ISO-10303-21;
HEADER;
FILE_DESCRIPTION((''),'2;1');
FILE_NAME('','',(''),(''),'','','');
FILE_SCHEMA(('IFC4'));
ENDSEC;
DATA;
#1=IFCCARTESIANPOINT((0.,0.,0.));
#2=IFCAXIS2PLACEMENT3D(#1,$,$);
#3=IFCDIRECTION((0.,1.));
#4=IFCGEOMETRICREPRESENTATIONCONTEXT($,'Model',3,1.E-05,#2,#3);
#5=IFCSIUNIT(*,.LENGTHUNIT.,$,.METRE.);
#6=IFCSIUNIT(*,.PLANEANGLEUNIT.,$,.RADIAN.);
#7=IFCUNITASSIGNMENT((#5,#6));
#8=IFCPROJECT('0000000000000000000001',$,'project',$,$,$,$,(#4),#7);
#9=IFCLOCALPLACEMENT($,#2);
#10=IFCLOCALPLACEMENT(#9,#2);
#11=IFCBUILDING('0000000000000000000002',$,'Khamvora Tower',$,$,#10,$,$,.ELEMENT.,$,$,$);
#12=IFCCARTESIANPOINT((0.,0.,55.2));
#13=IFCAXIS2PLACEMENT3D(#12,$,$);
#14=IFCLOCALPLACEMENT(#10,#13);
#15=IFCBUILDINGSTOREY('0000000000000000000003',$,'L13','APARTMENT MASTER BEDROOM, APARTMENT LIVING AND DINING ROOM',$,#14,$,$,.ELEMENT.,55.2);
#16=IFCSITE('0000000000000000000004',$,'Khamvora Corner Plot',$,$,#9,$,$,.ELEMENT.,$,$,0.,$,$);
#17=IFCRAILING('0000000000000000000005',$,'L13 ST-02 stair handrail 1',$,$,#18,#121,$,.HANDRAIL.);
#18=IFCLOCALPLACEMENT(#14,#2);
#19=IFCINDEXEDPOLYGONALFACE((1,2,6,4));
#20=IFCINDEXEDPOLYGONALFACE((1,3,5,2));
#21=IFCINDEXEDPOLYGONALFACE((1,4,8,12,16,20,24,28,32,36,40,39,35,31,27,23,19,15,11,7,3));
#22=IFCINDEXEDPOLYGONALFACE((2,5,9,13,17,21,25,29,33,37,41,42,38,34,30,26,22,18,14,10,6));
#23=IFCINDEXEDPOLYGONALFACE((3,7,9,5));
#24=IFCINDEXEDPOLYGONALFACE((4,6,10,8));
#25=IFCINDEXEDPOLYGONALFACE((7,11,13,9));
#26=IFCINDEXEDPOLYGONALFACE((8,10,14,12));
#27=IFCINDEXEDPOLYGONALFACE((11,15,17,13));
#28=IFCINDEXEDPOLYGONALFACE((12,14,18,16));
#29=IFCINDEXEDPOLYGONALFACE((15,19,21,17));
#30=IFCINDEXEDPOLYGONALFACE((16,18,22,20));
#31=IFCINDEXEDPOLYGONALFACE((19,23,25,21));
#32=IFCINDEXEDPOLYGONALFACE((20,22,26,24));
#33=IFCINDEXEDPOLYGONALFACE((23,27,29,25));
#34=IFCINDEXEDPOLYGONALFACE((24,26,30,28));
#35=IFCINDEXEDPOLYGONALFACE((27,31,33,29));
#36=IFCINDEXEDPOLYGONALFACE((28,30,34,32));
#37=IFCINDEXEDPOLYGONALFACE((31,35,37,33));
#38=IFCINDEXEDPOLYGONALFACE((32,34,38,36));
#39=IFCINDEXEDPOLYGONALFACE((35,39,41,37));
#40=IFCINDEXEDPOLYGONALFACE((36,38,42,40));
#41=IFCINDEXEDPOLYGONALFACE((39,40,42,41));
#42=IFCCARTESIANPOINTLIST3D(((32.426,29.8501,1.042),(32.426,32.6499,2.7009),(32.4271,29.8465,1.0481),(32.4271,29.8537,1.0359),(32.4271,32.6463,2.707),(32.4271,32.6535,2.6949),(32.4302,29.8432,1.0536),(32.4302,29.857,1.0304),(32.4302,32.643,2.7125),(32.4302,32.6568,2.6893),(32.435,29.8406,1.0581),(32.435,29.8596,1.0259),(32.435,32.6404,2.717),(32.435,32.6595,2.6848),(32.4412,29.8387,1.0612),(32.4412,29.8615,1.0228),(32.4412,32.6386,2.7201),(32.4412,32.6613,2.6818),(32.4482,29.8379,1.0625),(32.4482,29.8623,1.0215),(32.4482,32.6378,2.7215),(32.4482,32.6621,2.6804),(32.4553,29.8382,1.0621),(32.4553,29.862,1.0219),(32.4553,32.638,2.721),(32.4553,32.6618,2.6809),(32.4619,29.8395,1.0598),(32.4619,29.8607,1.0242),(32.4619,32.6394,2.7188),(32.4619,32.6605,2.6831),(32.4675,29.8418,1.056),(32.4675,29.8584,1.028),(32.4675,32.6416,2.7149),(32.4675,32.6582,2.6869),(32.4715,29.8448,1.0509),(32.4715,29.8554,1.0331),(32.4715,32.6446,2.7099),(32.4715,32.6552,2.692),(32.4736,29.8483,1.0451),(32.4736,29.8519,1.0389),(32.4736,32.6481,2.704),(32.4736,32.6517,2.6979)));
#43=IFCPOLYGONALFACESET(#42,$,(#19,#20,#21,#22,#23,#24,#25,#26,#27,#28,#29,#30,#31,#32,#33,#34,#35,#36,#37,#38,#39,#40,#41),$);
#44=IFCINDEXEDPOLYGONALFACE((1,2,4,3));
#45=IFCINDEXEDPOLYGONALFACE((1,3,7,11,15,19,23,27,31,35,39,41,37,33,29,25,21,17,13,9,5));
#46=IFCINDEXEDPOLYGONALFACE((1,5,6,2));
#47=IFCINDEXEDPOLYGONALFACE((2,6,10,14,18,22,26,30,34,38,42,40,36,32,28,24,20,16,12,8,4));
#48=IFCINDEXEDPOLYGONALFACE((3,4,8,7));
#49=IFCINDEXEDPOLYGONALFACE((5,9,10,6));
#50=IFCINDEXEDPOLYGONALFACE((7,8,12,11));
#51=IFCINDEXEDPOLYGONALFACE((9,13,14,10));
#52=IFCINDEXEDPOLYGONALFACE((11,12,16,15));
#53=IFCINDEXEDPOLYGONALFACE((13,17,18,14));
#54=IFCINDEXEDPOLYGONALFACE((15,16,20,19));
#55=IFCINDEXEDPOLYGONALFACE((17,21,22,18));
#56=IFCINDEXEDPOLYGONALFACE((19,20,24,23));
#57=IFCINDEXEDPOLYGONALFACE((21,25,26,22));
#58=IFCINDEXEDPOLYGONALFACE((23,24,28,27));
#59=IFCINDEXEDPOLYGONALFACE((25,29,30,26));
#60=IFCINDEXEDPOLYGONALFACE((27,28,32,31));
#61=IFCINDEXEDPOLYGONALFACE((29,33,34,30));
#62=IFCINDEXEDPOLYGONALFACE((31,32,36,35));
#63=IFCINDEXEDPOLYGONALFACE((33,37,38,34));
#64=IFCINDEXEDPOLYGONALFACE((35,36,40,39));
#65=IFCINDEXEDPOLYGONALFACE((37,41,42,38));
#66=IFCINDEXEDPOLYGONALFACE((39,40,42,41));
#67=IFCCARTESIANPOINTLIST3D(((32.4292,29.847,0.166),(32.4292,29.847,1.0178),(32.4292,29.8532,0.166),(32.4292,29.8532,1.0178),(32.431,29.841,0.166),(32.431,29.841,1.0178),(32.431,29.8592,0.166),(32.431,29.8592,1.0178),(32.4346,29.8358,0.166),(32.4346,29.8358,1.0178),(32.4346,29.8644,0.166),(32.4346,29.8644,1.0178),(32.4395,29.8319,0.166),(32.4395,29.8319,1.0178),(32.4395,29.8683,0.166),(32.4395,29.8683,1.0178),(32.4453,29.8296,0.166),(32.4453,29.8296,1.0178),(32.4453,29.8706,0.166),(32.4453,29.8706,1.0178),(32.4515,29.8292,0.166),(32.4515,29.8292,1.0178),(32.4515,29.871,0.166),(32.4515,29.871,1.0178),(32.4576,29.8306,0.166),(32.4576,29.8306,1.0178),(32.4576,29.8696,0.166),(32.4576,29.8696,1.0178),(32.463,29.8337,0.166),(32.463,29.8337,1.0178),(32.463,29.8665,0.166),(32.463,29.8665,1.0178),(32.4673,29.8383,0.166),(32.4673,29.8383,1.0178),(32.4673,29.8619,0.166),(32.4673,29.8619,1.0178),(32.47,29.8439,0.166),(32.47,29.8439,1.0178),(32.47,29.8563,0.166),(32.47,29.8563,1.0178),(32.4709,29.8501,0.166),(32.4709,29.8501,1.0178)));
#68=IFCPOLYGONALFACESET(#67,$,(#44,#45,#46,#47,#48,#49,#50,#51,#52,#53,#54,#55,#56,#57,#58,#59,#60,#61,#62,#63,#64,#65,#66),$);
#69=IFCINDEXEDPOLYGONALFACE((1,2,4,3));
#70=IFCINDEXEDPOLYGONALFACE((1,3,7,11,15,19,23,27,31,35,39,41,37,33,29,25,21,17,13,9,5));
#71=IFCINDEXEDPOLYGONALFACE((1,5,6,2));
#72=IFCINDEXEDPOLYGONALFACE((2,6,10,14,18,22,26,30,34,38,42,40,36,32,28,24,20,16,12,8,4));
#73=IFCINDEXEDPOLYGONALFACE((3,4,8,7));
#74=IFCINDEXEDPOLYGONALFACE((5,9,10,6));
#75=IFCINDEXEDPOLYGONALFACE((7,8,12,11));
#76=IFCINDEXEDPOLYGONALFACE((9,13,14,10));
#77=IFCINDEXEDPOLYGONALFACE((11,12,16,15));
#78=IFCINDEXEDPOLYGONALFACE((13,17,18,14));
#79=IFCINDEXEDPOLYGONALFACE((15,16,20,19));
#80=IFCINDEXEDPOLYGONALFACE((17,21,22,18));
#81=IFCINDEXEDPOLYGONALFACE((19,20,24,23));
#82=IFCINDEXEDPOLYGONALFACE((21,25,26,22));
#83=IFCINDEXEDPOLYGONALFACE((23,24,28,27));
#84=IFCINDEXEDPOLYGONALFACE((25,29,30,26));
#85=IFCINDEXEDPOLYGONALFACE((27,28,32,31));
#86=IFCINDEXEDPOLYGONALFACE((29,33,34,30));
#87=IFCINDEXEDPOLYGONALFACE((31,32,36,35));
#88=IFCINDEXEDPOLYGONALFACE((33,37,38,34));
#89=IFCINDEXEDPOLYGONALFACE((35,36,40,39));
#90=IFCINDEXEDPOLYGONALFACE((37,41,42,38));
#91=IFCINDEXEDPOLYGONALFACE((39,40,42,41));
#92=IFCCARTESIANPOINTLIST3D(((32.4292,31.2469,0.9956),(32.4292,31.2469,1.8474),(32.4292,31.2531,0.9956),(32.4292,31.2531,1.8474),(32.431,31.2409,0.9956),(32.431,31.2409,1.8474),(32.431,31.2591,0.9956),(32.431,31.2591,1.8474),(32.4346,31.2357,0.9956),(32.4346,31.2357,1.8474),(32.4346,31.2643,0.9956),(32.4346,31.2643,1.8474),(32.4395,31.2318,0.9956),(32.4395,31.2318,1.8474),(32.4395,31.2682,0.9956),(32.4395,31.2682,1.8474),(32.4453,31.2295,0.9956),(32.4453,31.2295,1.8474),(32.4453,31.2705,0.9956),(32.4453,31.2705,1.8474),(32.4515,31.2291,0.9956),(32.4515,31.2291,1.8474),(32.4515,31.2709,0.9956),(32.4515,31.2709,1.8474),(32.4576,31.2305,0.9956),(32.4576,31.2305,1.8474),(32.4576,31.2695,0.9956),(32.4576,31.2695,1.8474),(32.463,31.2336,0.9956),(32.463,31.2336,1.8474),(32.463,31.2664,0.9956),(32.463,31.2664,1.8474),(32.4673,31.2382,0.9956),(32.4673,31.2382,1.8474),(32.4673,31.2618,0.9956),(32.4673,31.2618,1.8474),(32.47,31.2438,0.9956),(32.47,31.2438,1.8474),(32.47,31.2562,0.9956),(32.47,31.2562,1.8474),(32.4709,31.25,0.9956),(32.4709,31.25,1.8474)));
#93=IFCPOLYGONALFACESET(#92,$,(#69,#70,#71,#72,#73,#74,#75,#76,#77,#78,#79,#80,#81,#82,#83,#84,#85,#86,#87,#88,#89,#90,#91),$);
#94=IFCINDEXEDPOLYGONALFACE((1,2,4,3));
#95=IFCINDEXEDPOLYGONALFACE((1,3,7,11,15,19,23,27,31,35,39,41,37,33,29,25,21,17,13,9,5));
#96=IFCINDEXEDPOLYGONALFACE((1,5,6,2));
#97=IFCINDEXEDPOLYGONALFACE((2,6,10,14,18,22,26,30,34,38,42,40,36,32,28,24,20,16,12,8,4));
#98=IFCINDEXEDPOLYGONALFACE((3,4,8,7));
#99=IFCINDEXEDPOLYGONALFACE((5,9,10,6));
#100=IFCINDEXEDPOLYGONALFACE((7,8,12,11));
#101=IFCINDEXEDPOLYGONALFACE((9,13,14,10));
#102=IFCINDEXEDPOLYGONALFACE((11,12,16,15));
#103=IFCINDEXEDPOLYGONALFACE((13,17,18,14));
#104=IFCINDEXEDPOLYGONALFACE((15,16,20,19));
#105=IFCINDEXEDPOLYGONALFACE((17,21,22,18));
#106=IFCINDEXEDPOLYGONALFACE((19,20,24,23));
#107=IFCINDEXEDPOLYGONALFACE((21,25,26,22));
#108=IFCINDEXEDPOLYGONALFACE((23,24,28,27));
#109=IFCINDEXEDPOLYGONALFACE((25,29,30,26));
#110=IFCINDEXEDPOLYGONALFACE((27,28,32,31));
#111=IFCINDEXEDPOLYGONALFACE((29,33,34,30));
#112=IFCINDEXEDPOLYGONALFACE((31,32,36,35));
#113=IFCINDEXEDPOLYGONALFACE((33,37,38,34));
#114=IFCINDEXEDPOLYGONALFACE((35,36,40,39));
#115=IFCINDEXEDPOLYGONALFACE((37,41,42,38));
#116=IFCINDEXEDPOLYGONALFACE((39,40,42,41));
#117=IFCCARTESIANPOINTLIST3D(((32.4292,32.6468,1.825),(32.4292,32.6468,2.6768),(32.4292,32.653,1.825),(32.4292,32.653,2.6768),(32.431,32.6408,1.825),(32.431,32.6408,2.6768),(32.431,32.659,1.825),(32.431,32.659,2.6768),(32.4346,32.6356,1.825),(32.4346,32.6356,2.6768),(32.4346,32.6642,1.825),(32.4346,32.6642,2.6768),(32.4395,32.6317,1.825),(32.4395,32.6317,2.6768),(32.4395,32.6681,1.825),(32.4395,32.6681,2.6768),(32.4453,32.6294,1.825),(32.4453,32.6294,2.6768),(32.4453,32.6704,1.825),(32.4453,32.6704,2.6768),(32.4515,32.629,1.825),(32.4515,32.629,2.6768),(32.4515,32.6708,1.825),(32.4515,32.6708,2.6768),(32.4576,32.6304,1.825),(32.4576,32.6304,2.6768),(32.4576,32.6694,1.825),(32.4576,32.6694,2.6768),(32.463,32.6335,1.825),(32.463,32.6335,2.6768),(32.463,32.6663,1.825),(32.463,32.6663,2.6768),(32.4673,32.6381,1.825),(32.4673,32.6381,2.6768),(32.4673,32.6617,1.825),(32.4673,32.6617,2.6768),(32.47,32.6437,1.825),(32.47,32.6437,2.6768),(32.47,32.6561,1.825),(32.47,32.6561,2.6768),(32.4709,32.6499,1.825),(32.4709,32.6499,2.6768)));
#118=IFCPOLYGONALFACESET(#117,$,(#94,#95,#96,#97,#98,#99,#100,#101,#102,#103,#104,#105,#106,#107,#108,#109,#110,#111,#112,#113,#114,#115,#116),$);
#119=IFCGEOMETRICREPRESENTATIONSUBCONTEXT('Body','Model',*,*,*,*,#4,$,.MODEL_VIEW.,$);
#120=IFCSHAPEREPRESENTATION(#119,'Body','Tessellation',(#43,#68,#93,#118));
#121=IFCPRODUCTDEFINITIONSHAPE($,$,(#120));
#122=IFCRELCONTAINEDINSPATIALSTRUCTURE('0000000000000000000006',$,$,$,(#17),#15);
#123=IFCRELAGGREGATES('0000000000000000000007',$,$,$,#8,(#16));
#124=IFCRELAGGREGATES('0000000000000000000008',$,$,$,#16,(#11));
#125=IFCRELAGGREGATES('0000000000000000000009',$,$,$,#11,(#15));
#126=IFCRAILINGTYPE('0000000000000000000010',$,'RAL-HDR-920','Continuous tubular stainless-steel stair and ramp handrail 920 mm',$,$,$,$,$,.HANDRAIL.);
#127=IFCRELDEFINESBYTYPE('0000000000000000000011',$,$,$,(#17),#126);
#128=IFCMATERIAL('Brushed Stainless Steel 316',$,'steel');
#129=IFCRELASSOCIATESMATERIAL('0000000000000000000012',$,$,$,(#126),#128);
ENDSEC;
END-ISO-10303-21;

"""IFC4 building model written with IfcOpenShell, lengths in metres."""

from ifc_helpers import new_model, si_unit, direction, frame, origin, origin_2d, place, context, subcontext, project, spatial, circle, extrude, material, type_object, element, save


model = new_model("IFC4")

# Units and contexts
model_context = context("Model", 3, precision=1e-05, world=origin(), true_north=direction((0.0, 1.0)))
body_context = subcontext(model_context, "Body", "Model", "MODEL_VIEW")
ifc_project = project(units=[si_unit("LENGTHUNIT", "METRE"), si_unit("PLANEANGLEUNIT", "RADIAN")], contexts=[model_context])

# Site, building, storey
site_placement = place(None, origin())
site = spatial("IfcSite", under=ifc_project, at=site_placement, Name="Khamvora Corner Plot", CompositionType="ELEMENT", RefElevation=0.0)
building_placement = place(site_placement, origin())
building = spatial("IfcBuilding", under=site, at=building_placement, Name="Khamvora Tower", CompositionType="ELEMENT")
storey_placement = place(building_placement, frame((0.0, 0.0, 55.2)))
storey = spatial("IfcBuildingStorey", under=building, at=storey_placement, Name="L13", Description="APARTMENT MASTER BEDROOM, APARTMENT LIVING AND DINING ROOM", CompositionType="ELEMENT", Elevation=55.2)

# Railing
ifc_material_1 = material(Name="Brushed Stainless Steel 316", Category="steel")
railing_type_1 = type_object("IfcRailingType", Name="RAL-HDR-920", Description="Continuous tubular stainless-steel stair and ramp handrail 920 mm", PredefinedType="HANDRAIL", material=ifc_material_1)
railing_1_placement = place(storey_placement, frame((32.45, 29.8501, 0.166)))
element("IfcRailing", 1, at=railing_1_placement, inside=storey, type_object=railing_type_1, Name="L13 ST-02 stair handrail 1", PredefinedType="HANDRAIL", context=body_context, shape_type="SweptSolid", body=[
    extrude(circle(Radius=0.0239, at=origin_2d()), frame((0.0, 0.0, 0.876), z_axis=(0.0, 0.86032, 0.509755), x_axis=(-1.0, 0.0, 0.0)), (0.0, 0.0, 1.0), 3.2544),
    extrude(circle(Radius=0.021, at=origin_2d()), origin(), (0.0, 0.0, 1.0), 0.8518),
    extrude(circle(Radius=0.021, at=origin_2d()), frame((0.0, 1.3999, 0.8296)), (0.0, 0.0, 1.0), 0.8518),
    extrude(circle(Radius=0.021, at=origin_2d()), frame((0.0, 2.7998, 1.6589)), (0.0, 0.0, 1.0), 0.8518),
])

save(model, "model.ifc")
